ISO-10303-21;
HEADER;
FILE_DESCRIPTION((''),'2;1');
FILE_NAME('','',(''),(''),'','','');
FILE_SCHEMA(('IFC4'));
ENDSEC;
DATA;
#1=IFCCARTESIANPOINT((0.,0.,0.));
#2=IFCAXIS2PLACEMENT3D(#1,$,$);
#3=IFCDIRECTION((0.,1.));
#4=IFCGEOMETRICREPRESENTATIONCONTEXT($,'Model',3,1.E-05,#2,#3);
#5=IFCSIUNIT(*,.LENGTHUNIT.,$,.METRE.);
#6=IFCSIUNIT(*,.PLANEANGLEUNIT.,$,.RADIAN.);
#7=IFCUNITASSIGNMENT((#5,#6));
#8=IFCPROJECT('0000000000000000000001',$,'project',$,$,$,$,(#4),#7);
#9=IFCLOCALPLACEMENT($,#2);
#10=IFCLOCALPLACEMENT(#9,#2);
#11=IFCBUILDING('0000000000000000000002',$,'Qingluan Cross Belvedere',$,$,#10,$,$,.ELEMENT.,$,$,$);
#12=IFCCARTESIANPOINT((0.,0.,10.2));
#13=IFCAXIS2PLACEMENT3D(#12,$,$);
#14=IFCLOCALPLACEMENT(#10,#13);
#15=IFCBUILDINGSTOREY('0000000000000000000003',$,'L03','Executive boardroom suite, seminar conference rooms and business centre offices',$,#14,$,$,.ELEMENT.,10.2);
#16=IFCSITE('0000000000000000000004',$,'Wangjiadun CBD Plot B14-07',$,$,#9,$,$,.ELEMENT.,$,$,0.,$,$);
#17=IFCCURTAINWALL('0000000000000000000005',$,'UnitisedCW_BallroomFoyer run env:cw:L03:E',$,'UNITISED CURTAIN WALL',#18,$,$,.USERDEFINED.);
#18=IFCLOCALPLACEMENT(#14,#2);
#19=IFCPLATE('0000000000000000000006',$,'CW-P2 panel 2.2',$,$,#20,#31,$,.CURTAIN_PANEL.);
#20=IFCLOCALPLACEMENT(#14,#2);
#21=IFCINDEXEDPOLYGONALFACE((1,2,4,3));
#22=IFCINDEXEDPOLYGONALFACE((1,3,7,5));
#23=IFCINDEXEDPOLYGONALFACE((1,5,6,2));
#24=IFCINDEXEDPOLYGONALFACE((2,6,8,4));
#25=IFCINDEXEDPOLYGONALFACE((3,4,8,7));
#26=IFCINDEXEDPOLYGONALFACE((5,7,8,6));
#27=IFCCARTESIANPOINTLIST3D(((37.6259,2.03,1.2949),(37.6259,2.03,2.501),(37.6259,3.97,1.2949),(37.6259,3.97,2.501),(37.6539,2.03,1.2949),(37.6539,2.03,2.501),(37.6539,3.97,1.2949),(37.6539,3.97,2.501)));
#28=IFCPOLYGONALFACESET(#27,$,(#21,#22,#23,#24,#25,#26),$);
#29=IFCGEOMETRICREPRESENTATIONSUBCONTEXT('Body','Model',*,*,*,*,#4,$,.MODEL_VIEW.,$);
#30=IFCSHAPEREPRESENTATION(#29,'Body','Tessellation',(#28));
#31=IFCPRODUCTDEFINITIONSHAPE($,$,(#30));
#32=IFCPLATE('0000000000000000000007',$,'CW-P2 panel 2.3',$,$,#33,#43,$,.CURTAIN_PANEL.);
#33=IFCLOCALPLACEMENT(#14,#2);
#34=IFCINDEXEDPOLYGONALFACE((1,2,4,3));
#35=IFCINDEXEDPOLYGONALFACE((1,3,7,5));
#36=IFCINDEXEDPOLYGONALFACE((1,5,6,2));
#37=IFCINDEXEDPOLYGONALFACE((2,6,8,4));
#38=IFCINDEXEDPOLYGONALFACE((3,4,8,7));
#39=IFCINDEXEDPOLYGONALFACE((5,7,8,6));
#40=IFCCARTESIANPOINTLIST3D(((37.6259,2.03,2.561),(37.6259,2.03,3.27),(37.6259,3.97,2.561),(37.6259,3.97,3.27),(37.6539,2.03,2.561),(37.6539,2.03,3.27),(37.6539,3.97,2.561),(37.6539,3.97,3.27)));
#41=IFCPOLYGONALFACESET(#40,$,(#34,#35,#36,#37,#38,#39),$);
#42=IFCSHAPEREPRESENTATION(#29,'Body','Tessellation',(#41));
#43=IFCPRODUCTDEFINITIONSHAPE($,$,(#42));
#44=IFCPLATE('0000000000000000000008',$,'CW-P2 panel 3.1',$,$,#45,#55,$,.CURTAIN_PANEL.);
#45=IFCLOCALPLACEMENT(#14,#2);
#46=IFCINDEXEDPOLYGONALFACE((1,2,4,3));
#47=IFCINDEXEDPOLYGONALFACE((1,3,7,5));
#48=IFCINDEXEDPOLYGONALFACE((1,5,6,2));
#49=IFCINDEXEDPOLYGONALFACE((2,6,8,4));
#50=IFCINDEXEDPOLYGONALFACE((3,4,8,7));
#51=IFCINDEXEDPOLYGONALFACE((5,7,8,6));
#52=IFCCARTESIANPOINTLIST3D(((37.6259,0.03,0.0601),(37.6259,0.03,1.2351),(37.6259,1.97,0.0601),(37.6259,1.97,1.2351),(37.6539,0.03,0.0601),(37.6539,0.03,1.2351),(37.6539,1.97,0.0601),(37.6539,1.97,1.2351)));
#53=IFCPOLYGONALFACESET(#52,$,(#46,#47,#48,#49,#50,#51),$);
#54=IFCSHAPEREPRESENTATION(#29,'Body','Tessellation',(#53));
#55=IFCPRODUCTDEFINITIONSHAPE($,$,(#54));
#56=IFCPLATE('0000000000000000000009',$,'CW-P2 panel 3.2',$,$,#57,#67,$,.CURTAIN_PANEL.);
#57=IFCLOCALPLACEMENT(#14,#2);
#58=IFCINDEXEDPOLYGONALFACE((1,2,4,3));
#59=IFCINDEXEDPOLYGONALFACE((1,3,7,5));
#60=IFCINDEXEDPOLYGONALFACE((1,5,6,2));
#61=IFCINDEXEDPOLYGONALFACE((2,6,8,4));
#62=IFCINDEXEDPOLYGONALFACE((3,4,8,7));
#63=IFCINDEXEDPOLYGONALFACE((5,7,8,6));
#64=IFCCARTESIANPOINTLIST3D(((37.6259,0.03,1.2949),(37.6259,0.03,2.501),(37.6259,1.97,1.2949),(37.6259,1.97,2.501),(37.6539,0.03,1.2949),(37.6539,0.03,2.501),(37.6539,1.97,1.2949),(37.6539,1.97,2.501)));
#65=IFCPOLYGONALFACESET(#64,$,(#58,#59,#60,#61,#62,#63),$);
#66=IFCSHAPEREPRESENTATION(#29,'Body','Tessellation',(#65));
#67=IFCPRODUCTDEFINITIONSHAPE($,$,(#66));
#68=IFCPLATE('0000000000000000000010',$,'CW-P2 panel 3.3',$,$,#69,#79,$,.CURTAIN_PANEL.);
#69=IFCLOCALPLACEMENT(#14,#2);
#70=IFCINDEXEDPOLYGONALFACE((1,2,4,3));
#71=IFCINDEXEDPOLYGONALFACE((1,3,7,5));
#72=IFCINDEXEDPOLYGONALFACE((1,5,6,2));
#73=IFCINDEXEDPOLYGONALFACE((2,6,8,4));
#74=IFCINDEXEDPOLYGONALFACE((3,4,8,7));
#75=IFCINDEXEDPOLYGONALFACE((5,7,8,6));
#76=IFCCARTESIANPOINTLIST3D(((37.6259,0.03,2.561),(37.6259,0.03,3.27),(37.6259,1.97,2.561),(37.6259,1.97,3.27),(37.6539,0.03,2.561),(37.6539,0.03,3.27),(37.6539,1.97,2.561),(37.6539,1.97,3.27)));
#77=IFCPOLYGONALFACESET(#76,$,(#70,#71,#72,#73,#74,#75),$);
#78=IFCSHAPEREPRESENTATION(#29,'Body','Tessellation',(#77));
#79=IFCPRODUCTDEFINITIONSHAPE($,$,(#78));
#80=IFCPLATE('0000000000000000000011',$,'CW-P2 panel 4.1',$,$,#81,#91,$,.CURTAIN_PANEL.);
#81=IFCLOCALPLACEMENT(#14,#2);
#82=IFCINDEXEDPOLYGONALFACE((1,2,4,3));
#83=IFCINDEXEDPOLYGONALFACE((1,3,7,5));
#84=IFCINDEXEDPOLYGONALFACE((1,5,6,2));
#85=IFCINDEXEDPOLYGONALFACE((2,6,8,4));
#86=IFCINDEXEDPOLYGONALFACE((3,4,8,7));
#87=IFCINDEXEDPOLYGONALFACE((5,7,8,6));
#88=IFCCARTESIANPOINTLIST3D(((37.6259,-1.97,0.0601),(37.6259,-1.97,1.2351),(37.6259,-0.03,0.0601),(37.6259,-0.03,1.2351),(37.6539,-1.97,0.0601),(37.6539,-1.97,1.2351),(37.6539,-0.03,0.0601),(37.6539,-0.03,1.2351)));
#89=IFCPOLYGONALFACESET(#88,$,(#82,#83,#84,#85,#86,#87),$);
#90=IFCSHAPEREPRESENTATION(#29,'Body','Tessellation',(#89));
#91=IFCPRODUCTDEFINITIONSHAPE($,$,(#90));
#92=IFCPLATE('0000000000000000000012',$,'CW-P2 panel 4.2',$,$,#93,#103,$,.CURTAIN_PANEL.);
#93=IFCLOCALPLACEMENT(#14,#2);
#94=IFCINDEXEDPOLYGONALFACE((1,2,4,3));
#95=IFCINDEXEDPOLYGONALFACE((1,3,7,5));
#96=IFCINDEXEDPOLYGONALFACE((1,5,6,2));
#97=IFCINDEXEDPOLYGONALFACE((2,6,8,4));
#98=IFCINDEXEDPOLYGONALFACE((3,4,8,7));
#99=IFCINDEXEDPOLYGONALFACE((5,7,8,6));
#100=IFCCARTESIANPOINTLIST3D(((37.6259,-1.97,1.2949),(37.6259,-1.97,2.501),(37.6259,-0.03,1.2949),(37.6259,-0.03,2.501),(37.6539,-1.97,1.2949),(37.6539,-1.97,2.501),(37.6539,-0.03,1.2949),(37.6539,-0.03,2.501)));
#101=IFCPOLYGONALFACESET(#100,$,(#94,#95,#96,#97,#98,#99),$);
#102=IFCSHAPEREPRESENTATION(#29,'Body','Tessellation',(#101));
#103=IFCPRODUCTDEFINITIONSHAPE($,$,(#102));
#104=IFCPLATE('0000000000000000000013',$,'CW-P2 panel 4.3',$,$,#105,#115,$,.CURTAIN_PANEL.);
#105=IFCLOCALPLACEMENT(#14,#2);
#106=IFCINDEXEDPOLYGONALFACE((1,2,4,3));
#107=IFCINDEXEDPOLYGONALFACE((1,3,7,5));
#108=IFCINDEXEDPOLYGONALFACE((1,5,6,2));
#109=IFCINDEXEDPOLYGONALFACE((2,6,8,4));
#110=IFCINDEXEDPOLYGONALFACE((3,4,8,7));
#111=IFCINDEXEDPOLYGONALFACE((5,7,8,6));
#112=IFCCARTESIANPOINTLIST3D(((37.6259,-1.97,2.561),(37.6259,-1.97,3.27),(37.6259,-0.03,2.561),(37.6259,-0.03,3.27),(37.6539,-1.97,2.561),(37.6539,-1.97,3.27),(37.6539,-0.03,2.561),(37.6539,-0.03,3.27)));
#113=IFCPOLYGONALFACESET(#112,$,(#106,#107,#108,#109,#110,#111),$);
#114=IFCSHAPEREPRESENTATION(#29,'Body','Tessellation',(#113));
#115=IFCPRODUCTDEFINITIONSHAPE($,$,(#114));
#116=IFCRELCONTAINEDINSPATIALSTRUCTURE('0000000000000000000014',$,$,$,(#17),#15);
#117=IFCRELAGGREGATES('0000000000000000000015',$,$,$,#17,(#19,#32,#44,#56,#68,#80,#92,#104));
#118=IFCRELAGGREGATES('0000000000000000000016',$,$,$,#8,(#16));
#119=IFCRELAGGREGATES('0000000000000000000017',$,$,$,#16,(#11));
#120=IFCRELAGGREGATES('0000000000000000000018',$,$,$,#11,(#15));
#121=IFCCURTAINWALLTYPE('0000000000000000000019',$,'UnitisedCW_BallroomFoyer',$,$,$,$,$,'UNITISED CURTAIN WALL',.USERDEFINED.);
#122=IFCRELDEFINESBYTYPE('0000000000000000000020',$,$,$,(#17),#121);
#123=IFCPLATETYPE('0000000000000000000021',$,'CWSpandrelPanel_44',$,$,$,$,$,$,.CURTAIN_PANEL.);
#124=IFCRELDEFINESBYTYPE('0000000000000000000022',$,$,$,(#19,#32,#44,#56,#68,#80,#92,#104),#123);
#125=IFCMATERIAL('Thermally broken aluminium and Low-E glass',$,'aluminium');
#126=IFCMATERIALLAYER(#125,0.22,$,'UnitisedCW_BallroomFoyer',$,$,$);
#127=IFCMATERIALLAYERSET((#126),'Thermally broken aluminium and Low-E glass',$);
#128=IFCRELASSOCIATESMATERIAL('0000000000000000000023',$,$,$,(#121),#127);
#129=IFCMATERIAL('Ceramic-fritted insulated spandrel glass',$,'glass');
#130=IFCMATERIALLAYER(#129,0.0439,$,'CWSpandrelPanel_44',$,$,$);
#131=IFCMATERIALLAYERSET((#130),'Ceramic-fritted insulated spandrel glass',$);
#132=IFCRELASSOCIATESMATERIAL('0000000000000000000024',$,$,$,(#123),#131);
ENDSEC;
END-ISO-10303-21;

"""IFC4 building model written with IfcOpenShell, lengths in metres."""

from ifc_helpers import new_model, si_unit, direction, frame, origin, origin_2d, place, context, subcontext, project, spatial, rectangle, extrude, material, layer, layer_set, type_object, element, aggregate, save


model = new_model("IFC4")

# Units and contexts
model_context = context("Model", 3, precision=1e-05, world=origin(), true_north=direction((0.0, 1.0)))
body_context = subcontext(model_context, "Body", "Model", "MODEL_VIEW")
ifc_project = project(units=[si_unit("LENGTHUNIT", "METRE"), si_unit("PLANEANGLEUNIT", "RADIAN")], contexts=[model_context])

# Site, building, storey
site_placement = place(None, origin())
site = spatial("IfcSite", under=ifc_project, at=site_placement, Name="Wangjiadun CBD Plot B14-07", CompositionType="ELEMENT", RefElevation=0.0)
building_placement = place(site_placement, origin())
building = spatial("IfcBuilding", under=site, at=building_placement, Name="Qingluan Cross Belvedere", CompositionType="ELEMENT")
storey_placement = place(building_placement, frame((0.0, 0.0, 10.2)))
storey = spatial("IfcBuildingStorey", under=building, at=storey_placement, Name="L03", Description="Executive boardroom suite, seminar conference rooms and business centre offices", CompositionType="ELEMENT", Elevation=10.2)

# Curtain wall, plates
ifc_material_1 = material(Name="Thermally broken aluminium and Low-E glass", Category="aluminium")
ifc_layer_1 = layer(ifc_material_1, 0.22, Name="UnitisedCW_BallroomFoyer")
ifc_layer_set_1 = layer_set([ifc_layer_1], Name="Thermally broken aluminium and Low-E glass")
curtain_wall_type = type_object("IfcCurtainWallType", Name="UnitisedCW_BallroomFoyer", ElementType="UNITISED CURTAIN WALL", PredefinedType="USERDEFINED", material=ifc_layer_set_1)
curtain_wall_placement = place(storey_placement, origin())
curtain_wall = element("IfcCurtainWall", 1, at=curtain_wall_placement, inside=storey, type_object=curtain_wall_type, Name="UnitisedCW_BallroomFoyer run env:cw:L03:E", ObjectType="UNITISED CURTAIN WALL", PredefinedType="USERDEFINED")
ifc_material_2 = material(Name="Ceramic-fritted insulated spandrel glass", Category="glass")
ifc_layer_2 = layer(ifc_material_2, 0.0439, Name="CWSpandrelPanel_44")
ifc_layer_set_2 = layer_set([ifc_layer_2], Name="Ceramic-fritted insulated spandrel glass")
plate_type = type_object("IfcPlateType", Name="CWSpandrelPanel_44", PredefinedType="CURTAIN_PANEL", material=ifc_layer_set_2)
plate_1_placement = place(storey_placement, frame((37.6399, 3.0, 1.2949), z_axis=(0.0, 0.0, 1.0), x_axis=(0.0, -1.0, 0.0)))
plate_1 = element("IfcPlate", 2, at=plate_1_placement, type_object=plate_type, Name="CW-P2 panel 2.2", PredefinedType="CURTAIN_PANEL", context=body_context, shape_type="SweptSolid", body=[
    extrude(rectangle(XDim=1.9399, YDim=0.0281, at=origin_2d()), origin(), (0.0, 0.0, 1.0), 1.2061),
])
plate_2_placement = place(storey_placement, frame((37.6399, 3.0, 2.561), z_axis=(0.0, 0.0, 1.0), x_axis=(0.0, -1.0, 0.0)))
plate_2 = element("IfcPlate", 3, at=plate_2_placement, type_object=plate_type, Name="CW-P2 panel 2.3", PredefinedType="CURTAIN_PANEL", context=body_context, shape_type="SweptSolid", body=[
    extrude(rectangle(XDim=1.9399, YDim=0.0281, at=origin_2d()), origin(), (0.0, 0.0, 1.0), 0.709),
])
plate_3_placement = place(storey_placement, frame((37.6399, 1.0, 0.0601), z_axis=(0.0, 0.0, 1.0), x_axis=(0.0, -1.0, 0.0)))
plate_3 = element("IfcPlate", 4, at=plate_3_placement, type_object=plate_type, Name="CW-P2 panel 3.1", PredefinedType="CURTAIN_PANEL", context=body_context, shape_type="SweptSolid", body=[
    extrude(rectangle(XDim=1.9399, YDim=0.0281, at=origin_2d()), origin(), (0.0, 0.0, 1.0), 1.175),
])
plate_4_placement = place(storey_placement, frame((37.6399, 1.0, 1.2949), z_axis=(0.0, 0.0, 1.0), x_axis=(0.0, -1.0, 0.0)))
plate_4 = element("IfcPlate", 5, at=plate_4_placement, type_object=plate_type, Name="CW-P2 panel 3.2", PredefinedType="CURTAIN_PANEL", context=body_context, shape_type="SweptSolid", body=[
    extrude(rectangle(XDim=1.9399, YDim=0.0281, at=origin_2d()), origin(), (0.0, 0.0, 1.0), 1.2061),
])
plate_5_placement = place(storey_placement, frame((37.6399, 1.0, 2.561), z_axis=(0.0, 0.0, 1.0), x_axis=(0.0, -1.0, 0.0)))
plate_5 = element("IfcPlate", 6, at=plate_5_placement, type_object=plate_type, Name="CW-P2 panel 3.3", PredefinedType="CURTAIN_PANEL", context=body_context, shape_type="SweptSolid", body=[
    extrude(rectangle(XDim=1.9399, YDim=0.0281, at=origin_2d()), origin(), (0.0, 0.0, 1.0), 0.709),
])
plate_6_placement = place(storey_placement, frame((37.6399, -1.0, 0.0601), z_axis=(0.0, 0.0, 1.0), x_axis=(0.0, -1.0, 0.0)))
plate_6 = element("IfcPlate", 7, at=plate_6_placement, type_object=plate_type, Name="CW-P2 panel 4.1", PredefinedType="CURTAIN_PANEL", context=body_context, shape_type="SweptSolid", body=[
    extrude(rectangle(XDim=1.9399, YDim=0.0281, at=origin_2d()), origin(), (0.0, 0.0, 1.0), 1.175),
])
plate_7_placement = place(storey_placement, frame((37.6399, -1.0, 1.2949), z_axis=(0.0, 0.0, 1.0), x_axis=(0.0, -1.0, 0.0)))
plate_7 = element("IfcPlate", 8, at=plate_7_placement, type_object=plate_type, Name="CW-P2 panel 4.2", PredefinedType="CURTAIN_PANEL", context=body_context, shape_type="SweptSolid", body=[
    extrude(rectangle(XDim=1.9399, YDim=0.0281, at=origin_2d()), origin(), (0.0, 0.0, 1.0), 1.2061),
])
plate_8_placement = place(storey_placement, frame((37.6399, -1.0, 2.561), z_axis=(0.0, 0.0, 1.0), x_axis=(0.0, -1.0, 0.0)))
plate_8 = element("IfcPlate", 9, at=plate_8_placement, type_object=plate_type, Name="CW-P2 panel 4.3", PredefinedType="CURTAIN_PANEL", context=body_context, shape_type="SweptSolid", body=[
    extrude(rectangle(XDim=1.9399, YDim=0.0281, at=origin_2d()), origin(), (0.0, 0.0, 1.0), 0.709),
])
aggregate(curtain_wall, [plate_1, plate_2, plate_3, plate_4, plate_5, plate_6, plate_7, plate_8])

save(model, "model.ifc")
